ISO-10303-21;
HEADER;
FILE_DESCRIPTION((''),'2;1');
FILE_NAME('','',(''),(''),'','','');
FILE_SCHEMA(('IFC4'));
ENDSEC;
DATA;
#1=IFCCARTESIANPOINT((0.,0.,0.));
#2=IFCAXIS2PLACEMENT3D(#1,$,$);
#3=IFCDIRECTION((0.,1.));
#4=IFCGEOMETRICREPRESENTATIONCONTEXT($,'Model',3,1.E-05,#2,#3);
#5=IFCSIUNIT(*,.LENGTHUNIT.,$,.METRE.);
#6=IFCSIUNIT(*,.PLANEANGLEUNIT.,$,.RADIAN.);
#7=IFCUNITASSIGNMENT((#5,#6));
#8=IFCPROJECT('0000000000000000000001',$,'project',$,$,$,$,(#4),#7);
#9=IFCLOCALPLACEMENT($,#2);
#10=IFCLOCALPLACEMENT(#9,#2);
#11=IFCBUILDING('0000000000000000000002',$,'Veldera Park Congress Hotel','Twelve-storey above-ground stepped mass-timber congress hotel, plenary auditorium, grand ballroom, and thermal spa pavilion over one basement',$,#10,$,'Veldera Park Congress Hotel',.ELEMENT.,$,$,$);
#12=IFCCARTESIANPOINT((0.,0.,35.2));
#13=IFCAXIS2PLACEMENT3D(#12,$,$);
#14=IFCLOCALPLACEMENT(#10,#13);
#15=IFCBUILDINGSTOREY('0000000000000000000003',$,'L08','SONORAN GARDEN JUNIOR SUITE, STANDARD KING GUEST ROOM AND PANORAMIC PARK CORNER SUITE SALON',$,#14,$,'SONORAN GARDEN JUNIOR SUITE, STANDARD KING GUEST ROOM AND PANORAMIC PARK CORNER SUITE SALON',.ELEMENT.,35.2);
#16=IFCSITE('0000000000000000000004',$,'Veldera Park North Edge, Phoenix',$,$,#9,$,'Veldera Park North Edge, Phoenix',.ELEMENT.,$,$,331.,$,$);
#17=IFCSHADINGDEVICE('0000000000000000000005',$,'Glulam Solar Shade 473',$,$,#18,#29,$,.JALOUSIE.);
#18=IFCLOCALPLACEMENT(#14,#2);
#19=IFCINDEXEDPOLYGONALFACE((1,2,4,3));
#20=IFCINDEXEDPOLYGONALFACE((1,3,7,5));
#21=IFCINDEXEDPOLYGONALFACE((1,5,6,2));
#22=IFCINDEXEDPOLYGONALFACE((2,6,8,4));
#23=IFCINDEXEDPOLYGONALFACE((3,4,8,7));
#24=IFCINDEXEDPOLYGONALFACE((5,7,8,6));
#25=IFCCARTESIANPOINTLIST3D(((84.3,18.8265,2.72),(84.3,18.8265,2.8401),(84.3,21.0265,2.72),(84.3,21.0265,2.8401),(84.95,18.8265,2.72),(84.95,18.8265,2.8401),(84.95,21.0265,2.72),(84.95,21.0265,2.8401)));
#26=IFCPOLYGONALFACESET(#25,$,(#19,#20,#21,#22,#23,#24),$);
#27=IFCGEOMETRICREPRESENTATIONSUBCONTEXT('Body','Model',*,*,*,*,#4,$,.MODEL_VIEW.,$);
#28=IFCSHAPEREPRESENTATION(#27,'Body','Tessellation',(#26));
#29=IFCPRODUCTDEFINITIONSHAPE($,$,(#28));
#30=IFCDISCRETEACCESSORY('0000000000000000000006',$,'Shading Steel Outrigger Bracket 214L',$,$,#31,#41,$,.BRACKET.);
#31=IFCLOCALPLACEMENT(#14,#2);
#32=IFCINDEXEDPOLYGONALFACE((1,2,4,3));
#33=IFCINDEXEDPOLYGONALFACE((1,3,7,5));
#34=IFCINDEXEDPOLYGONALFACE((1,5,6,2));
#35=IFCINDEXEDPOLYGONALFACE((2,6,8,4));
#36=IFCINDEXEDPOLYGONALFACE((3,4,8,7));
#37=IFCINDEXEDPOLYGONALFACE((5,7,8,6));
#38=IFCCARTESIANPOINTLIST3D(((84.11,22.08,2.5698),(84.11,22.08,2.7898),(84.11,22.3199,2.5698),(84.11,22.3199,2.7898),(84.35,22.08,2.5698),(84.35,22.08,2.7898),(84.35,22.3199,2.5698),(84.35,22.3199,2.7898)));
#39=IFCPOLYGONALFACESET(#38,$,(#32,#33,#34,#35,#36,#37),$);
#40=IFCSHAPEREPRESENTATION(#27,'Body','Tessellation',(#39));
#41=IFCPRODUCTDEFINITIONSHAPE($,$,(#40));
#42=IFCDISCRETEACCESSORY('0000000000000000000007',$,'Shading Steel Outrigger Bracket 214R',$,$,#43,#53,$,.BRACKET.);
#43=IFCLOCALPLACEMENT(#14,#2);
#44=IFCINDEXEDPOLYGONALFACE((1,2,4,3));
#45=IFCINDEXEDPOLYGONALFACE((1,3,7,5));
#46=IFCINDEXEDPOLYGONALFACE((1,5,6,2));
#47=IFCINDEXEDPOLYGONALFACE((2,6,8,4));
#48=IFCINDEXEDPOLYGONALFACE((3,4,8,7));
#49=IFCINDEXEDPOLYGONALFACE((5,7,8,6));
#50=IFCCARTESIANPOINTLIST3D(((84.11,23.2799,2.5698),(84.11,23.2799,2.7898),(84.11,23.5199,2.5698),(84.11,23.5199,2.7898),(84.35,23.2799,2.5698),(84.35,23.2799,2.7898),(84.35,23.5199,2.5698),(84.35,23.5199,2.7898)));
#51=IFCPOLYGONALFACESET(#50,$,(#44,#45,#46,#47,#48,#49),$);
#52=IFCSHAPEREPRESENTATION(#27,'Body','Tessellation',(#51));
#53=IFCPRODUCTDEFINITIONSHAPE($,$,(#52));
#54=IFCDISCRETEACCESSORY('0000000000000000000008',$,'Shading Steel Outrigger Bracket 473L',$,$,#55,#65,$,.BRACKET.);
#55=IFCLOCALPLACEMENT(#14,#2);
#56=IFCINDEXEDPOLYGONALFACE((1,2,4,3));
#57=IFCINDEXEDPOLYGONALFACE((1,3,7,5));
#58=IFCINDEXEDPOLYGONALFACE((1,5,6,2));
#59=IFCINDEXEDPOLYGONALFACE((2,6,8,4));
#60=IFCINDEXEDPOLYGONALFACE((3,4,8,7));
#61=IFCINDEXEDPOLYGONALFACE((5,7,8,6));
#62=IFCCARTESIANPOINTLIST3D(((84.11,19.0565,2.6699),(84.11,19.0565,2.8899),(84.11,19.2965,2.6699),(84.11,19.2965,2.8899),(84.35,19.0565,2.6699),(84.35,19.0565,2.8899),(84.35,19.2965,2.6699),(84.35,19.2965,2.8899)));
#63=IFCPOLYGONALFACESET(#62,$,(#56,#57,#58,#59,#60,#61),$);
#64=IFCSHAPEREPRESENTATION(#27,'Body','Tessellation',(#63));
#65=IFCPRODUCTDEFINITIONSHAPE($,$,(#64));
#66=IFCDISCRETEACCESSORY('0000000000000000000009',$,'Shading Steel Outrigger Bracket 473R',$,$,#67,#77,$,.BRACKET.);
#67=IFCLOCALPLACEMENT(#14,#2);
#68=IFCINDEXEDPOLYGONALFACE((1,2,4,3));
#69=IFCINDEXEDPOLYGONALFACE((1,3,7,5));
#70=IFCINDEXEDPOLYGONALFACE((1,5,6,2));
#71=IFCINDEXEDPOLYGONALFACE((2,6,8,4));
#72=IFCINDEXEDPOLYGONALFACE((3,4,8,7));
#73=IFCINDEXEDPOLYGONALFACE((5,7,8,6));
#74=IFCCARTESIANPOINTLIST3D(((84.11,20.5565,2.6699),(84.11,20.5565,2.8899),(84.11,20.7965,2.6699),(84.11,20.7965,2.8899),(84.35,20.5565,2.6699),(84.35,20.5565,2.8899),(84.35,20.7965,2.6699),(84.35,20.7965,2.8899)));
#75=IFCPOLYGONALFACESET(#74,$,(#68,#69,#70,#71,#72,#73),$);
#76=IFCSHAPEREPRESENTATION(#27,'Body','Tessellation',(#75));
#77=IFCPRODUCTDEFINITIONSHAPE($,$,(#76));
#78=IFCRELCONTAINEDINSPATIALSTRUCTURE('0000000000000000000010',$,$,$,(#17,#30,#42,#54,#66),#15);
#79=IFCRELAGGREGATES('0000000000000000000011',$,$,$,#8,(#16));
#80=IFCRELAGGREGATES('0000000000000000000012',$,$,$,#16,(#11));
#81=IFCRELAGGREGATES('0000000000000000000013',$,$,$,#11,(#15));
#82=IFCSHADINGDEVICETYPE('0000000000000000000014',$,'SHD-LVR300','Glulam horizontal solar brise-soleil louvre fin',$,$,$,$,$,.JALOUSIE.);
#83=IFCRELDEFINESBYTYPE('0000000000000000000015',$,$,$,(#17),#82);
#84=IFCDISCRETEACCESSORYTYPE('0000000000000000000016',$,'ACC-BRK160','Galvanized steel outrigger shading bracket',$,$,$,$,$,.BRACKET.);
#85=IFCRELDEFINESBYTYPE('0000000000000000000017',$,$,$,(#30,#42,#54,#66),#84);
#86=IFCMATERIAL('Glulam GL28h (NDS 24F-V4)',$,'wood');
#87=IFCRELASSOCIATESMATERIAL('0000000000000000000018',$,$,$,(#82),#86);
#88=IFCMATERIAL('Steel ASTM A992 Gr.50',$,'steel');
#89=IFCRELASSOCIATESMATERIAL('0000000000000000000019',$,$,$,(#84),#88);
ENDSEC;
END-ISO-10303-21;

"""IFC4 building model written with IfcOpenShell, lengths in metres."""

from ifc_helpers import new_model, si_unit, direction, frame, origin, origin_2d, place, context, subcontext, project, spatial, rectangle, extrude, material, type_object, element, save


model = new_model("IFC4")

# Units and contexts
model_context = context("Model", 3, precision=1e-05, world=origin(), true_north=direction((0.0, 1.0)))
body_context = subcontext(model_context, "Body", "Model", "MODEL_VIEW")
ifc_project = project(units=[si_unit("LENGTHUNIT", "METRE"), si_unit("PLANEANGLEUNIT", "RADIAN")], contexts=[model_context])

# Site, building, storey
site_placement = place(None, origin())
site = spatial("IfcSite", under=ifc_project, at=site_placement, Name="Veldera Park North Edge, Phoenix", LongName="Veldera Park North Edge, Phoenix", CompositionType="ELEMENT", RefElevation=331.0)
building_placement = place(site_placement, origin())
building = spatial("IfcBuilding", under=site, at=building_placement, Name="Veldera Park Congress Hotel", Description="Twelve-storey above-ground stepped mass-timber congress hotel, plenary auditorium, grand ballroom, and thermal spa pavilion over one basement", LongName="Veldera Park Congress Hotel", CompositionType="ELEMENT")
storey_placement = place(building_placement, frame((0.0, 0.0, 35.2)))
storey = spatial("IfcBuildingStorey", under=building, at=storey_placement, Name="L08", Description="SONORAN GARDEN JUNIOR SUITE, STANDARD KING GUEST ROOM AND PANORAMIC PARK CORNER SUITE SALON", LongName="SONORAN GARDEN JUNIOR SUITE, STANDARD KING GUEST ROOM AND PANORAMIC PARK CORNER SUITE SALON", CompositionType="ELEMENT", Elevation=35.2)

# Shared definitions
ifc_material_1 = material(Name="Glulam GL28h (NDS 24F-V4)", Category="wood")

# Shading device
shading_device_type = type_object("IfcShadingDeviceType", Name="SHD-LVR300", Description="Glulam horizontal solar brise-soleil louvre fin", PredefinedType="JALOUSIE", material=ifc_material_1)
shading_device_1_placement = place(storey_placement, frame((84.625, 19.9265, 2.72), z_axis=(0.0, 0.0, 1.0), x_axis=(0.0, 1.0, 0.0)))
element("IfcShadingDevice", 1, at=shading_device_1_placement, inside=storey, type_object=shading_device_type, Name="Glulam Solar Shade 473", PredefinedType="JALOUSIE", context=body_context, shape_type="SweptSolid", body=[
    extrude(rectangle(XDim=2.2, YDim=0.6499, at=origin_2d()), origin(), (0.0, 0.0, 1.0), 0.1201),
])

# Discrete accessories
ifc_material_2 = material(Name="Steel ASTM A992 Gr.50", Category="steel")
discrete_accessory_type = type_object("IfcDiscreteAccessoryType", Name="ACC-BRK160", Description="Galvanized steel outrigger shading bracket", PredefinedType="BRACKET", material=ifc_material_2)
for number, where, z_axis, x_axis, name in (
    (2, (84.23, 22.2, 2.5698), (0.0, 0.0, 1.0), (0.0, 1.0, 0.0), "Shading Steel Outrigger Bracket 214L"),
    (3, (84.23, 23.3999, 2.5698), (0.0, 0.0, 1.0), (0.0, 1.0, 0.0), "Shading Steel Outrigger Bracket 214R"),
    (4, (84.23, 19.1765, 2.6699), (0.0, 0.0, 1.0), (0.0, 1.0, 0.0), "Shading Steel Outrigger Bracket 473L"),
    (5, (84.23, 20.6765, 2.6699), (0.0, 0.0, 1.0), (0.0, 1.0, 0.0), "Shading Steel Outrigger Bracket 473R"),
):
    element("IfcDiscreteAccessory", number, at=place(storey_placement, frame(where, z_axis=z_axis, x_axis=x_axis)), inside=storey, type_object=discrete_accessory_type, Name=name, PredefinedType="BRACKET", context=body_context, shape_type="SweptSolid", body=[
        extrude(rectangle(XDim=0.24, YDim=0.24, at=origin_2d()), origin(), (0.0, 0.0, 1.0), 0.22),
    ])

save(model, "model.ifc")
